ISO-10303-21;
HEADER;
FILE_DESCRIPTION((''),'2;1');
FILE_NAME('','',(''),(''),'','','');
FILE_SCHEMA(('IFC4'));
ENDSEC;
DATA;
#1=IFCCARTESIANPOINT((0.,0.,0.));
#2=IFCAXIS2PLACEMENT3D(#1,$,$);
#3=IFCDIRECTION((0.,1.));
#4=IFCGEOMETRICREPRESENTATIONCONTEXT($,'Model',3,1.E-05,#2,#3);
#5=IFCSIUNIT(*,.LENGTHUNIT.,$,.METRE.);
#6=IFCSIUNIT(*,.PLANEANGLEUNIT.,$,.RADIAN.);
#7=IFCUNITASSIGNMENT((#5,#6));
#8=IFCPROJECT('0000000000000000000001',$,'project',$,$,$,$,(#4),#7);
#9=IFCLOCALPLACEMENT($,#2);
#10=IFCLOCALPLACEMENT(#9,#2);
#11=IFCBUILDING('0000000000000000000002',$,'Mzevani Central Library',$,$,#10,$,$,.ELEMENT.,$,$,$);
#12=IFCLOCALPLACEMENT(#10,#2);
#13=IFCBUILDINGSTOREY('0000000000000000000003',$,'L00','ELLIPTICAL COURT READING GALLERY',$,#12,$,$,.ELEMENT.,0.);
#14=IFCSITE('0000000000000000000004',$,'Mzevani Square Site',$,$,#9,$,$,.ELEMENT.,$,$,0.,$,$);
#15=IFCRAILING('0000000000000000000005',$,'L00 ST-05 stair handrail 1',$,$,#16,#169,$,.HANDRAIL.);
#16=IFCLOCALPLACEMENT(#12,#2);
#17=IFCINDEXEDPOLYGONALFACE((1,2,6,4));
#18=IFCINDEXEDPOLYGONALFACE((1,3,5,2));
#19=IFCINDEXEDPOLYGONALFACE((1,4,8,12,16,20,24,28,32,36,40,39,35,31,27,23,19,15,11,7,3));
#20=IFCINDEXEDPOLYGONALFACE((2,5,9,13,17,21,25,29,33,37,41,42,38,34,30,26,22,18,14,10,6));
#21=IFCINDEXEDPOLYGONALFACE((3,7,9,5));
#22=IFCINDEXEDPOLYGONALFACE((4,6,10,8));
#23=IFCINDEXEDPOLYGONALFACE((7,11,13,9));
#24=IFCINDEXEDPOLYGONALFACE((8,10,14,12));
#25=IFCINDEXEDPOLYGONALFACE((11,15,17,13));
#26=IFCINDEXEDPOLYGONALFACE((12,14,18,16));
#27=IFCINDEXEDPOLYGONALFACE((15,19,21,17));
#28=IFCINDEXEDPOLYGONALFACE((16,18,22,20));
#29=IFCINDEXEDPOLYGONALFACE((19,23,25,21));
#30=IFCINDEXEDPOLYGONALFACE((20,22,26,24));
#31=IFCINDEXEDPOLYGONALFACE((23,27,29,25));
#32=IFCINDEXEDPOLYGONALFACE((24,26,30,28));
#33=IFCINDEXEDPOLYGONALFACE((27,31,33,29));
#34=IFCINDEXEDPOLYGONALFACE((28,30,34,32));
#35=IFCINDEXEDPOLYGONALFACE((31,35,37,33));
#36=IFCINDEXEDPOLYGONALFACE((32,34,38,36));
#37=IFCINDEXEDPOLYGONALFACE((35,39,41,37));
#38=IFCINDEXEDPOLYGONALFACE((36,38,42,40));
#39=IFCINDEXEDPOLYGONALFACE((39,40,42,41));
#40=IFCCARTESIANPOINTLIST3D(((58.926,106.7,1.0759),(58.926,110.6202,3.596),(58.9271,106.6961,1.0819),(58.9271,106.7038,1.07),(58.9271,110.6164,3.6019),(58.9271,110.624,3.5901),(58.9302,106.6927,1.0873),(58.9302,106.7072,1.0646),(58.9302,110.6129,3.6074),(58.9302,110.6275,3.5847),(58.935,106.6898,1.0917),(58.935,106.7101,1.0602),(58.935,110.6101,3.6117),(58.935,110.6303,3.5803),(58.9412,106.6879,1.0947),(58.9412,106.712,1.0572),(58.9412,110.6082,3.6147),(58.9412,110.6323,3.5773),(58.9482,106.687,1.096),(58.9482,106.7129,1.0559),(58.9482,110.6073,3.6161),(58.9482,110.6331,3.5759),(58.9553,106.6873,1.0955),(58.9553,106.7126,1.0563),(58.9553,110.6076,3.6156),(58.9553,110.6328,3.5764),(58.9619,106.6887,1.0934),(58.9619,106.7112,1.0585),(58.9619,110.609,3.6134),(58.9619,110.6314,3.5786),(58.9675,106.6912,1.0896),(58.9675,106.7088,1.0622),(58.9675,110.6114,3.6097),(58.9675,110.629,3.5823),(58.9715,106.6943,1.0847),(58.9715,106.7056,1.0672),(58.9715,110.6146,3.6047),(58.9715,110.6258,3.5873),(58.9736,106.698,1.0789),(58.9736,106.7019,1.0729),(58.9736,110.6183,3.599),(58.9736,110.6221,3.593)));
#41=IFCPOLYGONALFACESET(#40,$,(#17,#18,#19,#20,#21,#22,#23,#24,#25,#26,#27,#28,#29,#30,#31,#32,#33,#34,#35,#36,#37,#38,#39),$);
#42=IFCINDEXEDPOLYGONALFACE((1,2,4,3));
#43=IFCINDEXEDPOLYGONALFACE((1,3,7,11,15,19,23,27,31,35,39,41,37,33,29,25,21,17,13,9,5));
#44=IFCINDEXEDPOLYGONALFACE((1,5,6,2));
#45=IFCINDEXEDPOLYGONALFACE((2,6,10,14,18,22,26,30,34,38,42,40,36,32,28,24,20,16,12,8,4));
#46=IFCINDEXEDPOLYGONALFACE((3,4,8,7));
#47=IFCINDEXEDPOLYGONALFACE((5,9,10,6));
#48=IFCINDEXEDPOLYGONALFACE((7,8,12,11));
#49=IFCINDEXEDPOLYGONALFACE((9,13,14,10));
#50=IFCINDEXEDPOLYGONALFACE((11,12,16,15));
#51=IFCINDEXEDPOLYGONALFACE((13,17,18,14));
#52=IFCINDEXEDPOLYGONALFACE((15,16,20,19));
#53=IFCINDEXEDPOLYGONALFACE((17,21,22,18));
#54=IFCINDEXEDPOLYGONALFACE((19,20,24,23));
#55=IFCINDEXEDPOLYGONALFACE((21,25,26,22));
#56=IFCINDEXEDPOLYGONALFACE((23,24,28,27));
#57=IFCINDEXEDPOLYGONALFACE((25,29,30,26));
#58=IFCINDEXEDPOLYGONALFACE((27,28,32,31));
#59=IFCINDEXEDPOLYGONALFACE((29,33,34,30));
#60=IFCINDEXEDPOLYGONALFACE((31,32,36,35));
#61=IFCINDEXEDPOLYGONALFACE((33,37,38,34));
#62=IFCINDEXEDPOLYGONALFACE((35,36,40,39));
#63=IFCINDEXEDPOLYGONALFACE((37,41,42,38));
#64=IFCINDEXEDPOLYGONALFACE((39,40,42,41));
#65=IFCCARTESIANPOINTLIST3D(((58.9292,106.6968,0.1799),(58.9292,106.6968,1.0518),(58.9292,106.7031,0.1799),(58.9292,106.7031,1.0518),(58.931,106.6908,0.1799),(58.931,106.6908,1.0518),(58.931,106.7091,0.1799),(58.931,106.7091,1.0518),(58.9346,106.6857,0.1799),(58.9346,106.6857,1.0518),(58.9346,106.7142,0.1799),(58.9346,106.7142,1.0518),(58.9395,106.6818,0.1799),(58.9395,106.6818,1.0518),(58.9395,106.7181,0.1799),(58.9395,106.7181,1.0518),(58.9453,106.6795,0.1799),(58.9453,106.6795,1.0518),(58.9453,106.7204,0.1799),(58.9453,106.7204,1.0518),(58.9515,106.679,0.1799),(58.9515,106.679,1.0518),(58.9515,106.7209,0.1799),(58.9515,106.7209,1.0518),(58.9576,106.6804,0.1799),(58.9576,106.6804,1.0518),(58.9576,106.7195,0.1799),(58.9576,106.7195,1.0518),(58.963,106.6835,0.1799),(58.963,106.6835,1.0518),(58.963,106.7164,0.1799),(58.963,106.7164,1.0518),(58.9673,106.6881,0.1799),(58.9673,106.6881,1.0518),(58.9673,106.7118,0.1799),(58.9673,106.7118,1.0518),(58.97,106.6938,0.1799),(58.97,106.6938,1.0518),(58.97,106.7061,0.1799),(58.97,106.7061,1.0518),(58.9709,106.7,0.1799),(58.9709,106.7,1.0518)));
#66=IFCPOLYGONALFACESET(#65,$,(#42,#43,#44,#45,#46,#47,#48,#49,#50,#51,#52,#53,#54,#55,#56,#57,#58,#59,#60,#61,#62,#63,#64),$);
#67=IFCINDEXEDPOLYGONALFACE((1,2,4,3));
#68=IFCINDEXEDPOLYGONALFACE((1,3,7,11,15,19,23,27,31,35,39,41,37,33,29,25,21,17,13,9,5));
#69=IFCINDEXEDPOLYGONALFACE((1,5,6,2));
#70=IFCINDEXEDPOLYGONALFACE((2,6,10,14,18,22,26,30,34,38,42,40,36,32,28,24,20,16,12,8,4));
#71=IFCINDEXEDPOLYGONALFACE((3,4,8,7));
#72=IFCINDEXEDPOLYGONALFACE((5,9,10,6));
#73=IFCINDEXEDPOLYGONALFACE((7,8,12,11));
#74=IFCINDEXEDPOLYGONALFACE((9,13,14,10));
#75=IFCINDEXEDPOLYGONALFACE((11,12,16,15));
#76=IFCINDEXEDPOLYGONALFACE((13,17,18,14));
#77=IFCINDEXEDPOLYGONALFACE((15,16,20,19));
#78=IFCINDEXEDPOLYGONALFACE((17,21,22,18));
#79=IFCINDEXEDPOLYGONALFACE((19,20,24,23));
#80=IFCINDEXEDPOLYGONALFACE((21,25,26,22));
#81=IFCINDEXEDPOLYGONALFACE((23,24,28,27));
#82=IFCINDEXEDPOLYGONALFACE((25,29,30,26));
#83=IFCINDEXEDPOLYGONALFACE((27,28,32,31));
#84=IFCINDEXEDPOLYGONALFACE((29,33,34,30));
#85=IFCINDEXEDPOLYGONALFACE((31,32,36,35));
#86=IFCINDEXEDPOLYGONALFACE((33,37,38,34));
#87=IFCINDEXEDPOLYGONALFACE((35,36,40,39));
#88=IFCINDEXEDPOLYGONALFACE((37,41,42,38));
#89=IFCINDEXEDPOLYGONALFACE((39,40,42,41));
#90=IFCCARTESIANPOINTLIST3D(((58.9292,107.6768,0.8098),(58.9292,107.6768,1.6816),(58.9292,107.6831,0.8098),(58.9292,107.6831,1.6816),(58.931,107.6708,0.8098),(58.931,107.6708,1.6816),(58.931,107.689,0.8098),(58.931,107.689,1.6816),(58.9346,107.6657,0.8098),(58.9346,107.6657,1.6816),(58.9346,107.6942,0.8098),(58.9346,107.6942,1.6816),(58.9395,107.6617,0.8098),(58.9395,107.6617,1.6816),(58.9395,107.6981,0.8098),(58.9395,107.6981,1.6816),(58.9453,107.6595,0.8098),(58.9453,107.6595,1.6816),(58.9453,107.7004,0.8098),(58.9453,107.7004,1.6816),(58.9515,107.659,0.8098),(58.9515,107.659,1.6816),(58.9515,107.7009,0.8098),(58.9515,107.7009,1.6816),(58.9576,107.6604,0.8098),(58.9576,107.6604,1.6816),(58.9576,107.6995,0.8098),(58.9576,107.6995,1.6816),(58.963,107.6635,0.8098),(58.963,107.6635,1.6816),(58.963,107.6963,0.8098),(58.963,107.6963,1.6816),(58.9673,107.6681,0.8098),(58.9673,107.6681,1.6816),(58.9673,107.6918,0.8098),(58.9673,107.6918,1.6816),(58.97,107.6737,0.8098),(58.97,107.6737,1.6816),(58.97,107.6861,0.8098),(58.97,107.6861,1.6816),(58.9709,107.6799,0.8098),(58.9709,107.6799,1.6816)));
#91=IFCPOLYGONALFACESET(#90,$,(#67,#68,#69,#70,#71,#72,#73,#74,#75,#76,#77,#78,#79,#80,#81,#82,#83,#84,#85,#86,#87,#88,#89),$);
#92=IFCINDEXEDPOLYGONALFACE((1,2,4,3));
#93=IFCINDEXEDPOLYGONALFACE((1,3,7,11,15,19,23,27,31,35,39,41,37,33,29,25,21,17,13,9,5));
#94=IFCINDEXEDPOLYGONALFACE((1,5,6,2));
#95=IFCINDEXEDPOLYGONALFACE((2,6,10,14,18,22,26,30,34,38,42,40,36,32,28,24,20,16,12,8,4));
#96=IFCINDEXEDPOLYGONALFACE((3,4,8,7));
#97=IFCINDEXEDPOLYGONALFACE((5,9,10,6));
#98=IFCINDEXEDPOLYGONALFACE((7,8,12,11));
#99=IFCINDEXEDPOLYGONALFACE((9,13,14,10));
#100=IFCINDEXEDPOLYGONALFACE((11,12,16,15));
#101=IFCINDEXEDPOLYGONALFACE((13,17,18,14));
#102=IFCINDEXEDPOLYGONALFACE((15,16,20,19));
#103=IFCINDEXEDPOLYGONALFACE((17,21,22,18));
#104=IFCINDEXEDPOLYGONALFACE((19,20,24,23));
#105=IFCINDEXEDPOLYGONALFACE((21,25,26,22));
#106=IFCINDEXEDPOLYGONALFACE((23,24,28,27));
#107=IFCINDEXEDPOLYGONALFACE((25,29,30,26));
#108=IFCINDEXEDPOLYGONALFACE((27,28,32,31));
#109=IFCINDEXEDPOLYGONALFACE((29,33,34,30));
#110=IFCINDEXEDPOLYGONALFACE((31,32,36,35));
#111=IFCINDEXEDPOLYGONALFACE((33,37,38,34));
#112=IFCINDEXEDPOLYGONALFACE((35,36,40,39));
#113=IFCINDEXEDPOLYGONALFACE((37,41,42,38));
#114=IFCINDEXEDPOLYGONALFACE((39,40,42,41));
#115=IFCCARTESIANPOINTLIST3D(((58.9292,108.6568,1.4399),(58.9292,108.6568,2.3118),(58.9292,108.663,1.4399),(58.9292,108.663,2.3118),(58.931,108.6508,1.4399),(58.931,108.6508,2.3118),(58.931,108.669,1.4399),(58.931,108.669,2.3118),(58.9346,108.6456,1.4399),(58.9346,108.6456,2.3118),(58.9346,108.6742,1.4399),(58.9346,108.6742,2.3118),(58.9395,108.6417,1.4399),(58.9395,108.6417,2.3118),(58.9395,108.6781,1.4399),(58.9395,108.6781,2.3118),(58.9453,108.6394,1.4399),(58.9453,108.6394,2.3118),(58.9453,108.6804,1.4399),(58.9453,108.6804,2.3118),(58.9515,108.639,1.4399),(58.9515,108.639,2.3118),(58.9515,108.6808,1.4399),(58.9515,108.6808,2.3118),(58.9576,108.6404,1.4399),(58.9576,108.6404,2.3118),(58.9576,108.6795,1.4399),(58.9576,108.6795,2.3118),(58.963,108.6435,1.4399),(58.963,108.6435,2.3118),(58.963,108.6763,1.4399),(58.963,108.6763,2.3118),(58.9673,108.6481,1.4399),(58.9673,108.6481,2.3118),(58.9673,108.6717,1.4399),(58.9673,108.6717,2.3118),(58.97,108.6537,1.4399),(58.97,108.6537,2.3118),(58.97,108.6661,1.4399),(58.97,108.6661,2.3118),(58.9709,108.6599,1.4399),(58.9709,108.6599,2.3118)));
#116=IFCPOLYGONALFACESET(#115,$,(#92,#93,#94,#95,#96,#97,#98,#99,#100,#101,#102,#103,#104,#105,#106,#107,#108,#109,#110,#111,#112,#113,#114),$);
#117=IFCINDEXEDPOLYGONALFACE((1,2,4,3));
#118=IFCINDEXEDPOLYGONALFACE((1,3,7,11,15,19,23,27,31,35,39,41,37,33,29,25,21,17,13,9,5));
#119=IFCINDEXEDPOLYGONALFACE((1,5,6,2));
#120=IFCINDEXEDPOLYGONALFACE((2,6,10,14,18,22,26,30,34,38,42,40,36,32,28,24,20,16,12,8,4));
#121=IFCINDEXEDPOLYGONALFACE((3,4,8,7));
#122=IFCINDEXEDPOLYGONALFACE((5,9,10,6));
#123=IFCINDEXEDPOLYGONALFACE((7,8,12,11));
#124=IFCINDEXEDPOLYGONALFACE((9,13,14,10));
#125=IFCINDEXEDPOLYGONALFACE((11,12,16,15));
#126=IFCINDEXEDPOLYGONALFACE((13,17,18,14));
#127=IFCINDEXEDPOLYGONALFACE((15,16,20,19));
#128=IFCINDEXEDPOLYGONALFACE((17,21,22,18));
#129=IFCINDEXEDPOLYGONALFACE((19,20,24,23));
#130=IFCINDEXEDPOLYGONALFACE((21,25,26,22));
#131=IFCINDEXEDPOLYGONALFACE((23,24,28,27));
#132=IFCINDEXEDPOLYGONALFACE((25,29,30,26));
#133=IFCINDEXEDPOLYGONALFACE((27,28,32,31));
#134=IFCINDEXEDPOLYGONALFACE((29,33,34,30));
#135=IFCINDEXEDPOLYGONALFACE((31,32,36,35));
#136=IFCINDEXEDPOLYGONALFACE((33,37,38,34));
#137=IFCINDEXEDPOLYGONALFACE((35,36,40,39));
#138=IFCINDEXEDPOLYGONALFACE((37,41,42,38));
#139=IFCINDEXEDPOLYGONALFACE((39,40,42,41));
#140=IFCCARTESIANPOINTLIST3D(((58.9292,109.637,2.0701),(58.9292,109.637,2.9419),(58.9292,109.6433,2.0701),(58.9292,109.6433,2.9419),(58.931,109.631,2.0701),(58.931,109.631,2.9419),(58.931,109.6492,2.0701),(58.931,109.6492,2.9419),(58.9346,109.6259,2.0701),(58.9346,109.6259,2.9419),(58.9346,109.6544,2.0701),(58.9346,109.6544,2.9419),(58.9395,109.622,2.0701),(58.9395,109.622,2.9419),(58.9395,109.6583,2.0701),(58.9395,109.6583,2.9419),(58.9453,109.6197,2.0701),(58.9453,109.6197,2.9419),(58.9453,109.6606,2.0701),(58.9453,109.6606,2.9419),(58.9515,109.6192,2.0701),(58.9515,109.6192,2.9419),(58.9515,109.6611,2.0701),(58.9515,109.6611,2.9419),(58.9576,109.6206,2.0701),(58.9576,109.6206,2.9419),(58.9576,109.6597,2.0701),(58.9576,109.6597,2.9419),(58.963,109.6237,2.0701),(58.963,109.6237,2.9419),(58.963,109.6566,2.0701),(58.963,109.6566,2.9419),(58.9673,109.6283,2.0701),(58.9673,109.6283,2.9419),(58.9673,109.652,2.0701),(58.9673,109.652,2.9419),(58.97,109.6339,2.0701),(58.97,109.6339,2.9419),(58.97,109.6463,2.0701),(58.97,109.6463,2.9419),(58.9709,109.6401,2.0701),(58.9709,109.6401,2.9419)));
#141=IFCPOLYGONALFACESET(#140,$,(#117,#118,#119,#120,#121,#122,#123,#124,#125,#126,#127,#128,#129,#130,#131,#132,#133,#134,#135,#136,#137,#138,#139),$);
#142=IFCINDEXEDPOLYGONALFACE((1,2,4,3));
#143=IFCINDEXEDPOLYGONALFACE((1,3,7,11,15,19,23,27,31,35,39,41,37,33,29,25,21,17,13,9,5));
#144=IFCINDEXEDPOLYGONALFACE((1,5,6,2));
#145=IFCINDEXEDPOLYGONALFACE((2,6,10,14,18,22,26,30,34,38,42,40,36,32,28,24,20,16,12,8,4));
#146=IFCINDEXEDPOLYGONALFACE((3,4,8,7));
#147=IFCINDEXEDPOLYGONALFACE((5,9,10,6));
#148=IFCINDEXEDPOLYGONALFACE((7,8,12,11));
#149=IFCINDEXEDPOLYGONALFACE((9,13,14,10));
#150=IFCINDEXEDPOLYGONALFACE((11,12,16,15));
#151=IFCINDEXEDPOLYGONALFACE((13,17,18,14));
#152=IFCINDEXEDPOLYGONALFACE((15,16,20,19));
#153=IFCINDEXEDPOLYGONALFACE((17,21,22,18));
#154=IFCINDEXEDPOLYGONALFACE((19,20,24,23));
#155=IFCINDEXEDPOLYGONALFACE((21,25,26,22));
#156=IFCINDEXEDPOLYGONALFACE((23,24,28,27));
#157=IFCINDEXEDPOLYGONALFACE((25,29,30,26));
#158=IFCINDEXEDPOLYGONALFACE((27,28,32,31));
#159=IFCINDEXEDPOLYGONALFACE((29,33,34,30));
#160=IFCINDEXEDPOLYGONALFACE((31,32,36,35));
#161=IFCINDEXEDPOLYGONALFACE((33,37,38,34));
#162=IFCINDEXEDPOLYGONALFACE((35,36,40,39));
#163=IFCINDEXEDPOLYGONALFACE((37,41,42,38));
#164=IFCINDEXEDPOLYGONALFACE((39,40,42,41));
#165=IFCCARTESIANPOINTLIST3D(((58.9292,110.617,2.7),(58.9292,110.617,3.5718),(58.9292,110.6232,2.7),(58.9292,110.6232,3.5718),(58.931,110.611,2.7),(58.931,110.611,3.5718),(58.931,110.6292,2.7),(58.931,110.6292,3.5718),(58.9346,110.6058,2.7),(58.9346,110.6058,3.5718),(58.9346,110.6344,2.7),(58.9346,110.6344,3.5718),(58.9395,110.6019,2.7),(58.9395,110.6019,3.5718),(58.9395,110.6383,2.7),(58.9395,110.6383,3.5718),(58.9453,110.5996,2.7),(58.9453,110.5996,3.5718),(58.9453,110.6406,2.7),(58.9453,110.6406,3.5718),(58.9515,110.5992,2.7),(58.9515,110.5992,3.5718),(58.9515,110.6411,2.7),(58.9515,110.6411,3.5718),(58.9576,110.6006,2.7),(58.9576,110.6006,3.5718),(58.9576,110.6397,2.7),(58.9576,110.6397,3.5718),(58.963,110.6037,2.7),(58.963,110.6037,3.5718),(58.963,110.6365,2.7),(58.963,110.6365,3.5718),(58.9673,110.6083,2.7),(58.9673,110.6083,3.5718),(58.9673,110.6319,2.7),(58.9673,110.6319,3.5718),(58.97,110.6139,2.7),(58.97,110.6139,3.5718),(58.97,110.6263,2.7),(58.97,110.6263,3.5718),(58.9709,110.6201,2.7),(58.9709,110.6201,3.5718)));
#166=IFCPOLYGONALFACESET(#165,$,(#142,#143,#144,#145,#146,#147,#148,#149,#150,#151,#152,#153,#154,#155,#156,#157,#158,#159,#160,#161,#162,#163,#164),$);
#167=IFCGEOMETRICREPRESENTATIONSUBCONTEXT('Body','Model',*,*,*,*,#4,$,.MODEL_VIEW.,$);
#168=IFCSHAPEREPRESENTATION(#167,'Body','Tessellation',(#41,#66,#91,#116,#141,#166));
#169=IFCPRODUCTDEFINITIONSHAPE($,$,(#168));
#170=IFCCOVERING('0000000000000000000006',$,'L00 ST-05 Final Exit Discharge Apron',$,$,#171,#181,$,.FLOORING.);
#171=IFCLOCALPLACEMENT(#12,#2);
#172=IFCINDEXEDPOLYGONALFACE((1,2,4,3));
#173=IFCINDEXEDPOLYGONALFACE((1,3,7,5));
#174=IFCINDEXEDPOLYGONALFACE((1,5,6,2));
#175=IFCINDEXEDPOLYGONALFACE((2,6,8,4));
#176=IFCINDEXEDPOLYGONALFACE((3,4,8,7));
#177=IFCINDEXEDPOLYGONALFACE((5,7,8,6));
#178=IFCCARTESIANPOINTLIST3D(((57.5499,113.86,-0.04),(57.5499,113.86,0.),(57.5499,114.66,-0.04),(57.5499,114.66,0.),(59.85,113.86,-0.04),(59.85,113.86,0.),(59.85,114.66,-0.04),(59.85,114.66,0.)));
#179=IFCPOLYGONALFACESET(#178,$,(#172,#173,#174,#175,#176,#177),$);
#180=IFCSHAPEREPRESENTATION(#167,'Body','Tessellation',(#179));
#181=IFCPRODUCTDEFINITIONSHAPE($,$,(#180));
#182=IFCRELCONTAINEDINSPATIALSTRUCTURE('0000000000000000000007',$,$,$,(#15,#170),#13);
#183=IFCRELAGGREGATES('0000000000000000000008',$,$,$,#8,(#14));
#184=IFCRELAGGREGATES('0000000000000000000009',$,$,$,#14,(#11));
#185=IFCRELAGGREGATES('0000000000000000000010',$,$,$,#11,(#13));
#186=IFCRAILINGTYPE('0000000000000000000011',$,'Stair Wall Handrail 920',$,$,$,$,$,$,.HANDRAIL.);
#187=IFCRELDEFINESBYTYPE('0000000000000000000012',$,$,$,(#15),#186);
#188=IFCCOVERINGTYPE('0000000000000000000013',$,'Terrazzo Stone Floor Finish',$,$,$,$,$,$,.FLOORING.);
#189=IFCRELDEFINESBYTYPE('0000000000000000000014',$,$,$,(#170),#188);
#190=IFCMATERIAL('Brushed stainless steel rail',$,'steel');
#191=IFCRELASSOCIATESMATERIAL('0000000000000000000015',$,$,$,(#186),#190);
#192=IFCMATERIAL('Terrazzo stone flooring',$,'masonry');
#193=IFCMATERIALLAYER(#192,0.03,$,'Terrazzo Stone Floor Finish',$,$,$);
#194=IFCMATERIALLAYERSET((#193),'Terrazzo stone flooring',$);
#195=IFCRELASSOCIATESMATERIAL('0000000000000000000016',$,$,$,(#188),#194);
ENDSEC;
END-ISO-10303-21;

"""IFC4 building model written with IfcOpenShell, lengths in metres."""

from ifc_helpers import new_model, si_unit, direction, frame, origin, origin_2d, place, context, subcontext, project, spatial, rectangle, circle, extrude, material, layer, layer_set, type_object, element, save


model = new_model("IFC4")

# Units and contexts
model_context = context("Model", 3, precision=1e-05, world=origin(), true_north=direction((0.0, 1.0)))
body_context = subcontext(model_context, "Body", "Model", "MODEL_VIEW")
ifc_project = project(units=[si_unit("LENGTHUNIT", "METRE"), si_unit("PLANEANGLEUNIT", "RADIAN")], contexts=[model_context])

# Site, building, storey
site_placement = place(None, origin())
site = spatial("IfcSite", under=ifc_project, at=site_placement, Name="Mzevani Square Site", CompositionType="ELEMENT", RefElevation=0.0)
building_placement = place(site_placement, origin())
building = spatial("IfcBuilding", under=site, at=building_placement, Name="Mzevani Central Library", CompositionType="ELEMENT")
storey_placement = place(building_placement, origin())
storey = spatial("IfcBuildingStorey", under=building, at=storey_placement, Name="L00", Description="ELLIPTICAL COURT READING GALLERY", CompositionType="ELEMENT", Elevation=0.0)

# Shared definitions
ifc_material_1 = material(Name="Brushed stainless steel rail", Category="steel")

# Railing
railing_type_1 = type_object("IfcRailingType", Name="Stair Wall Handrail 920", PredefinedType="HANDRAIL", material=ifc_material_1)
railing_1_placement = place(storey_placement, frame((58.95, 106.7, 0.1799)))
element("IfcRailing", 1, at=railing_1_placement, inside=storey, type_object=railing_type_1, Name="L00 ST-05 stair handrail 1", PredefinedType="HANDRAIL", context=body_context, shape_type="SweptSolid", body=[
    extrude(circle(Radius=0.0239, at=origin_2d()), frame((0.0, 0.0, 0.896), z_axis=(0.0, 0.841187, 0.540744), x_axis=(-1.0, 0.0, 0.0)), (0.0, 0.0, 1.0), 4.6604),
    extrude(circle(Radius=0.021, at=origin_2d()), origin(), (0.0, 0.0, 1.0), 0.8718),
    extrude(circle(Radius=0.021, at=origin_2d()), frame((0.0, 0.98, 0.6299)), (0.0, 0.0, 1.0), 0.8718),
    extrude(circle(Radius=0.021, at=origin_2d()), frame((0.0, 1.96, 1.26)), (0.0, 0.0, 1.0), 0.8718),
    extrude(circle(Radius=0.021, at=origin_2d()), frame((0.0, 2.9402, 1.8901)), (0.0, 0.0, 1.0), 0.8718),
    extrude(circle(Radius=0.021, at=origin_2d()), frame((0.0, 3.9202, 2.52)), (0.0, 0.0, 1.0), 0.8718),
])

# Covering
ifc_material_2 = material(Name="Terrazzo stone flooring", Category="masonry")
ifc_layer_1 = layer(ifc_material_2, 0.03, Name="Terrazzo Stone Floor Finish")
ifc_layer_set_1 = layer_set([ifc_layer_1], Name="Terrazzo stone flooring")
covering_type_1 = type_object("IfcCoveringType", Name="Terrazzo Stone Floor Finish", PredefinedType="FLOORING", material=ifc_layer_set_1)
covering_1_placement = place(storey_placement, frame((58.7, 114.26, -0.04), z_axis=(0.0, 0.0, 1.0), x_axis=(1.0, 0.0, 0.0)))
element("IfcCovering", 2, at=covering_1_placement, inside=storey, type_object=covering_type_1, Name="L00 ST-05 Final Exit Discharge Apron", PredefinedType="FLOORING", context=body_context, shape_type="SweptSolid", body=[
    extrude(rectangle(XDim=2.3, YDim=0.8, at=origin_2d()), origin(), (0.0, 0.0, 1.0), 0.04),
])

save(model, "model.ifc")
